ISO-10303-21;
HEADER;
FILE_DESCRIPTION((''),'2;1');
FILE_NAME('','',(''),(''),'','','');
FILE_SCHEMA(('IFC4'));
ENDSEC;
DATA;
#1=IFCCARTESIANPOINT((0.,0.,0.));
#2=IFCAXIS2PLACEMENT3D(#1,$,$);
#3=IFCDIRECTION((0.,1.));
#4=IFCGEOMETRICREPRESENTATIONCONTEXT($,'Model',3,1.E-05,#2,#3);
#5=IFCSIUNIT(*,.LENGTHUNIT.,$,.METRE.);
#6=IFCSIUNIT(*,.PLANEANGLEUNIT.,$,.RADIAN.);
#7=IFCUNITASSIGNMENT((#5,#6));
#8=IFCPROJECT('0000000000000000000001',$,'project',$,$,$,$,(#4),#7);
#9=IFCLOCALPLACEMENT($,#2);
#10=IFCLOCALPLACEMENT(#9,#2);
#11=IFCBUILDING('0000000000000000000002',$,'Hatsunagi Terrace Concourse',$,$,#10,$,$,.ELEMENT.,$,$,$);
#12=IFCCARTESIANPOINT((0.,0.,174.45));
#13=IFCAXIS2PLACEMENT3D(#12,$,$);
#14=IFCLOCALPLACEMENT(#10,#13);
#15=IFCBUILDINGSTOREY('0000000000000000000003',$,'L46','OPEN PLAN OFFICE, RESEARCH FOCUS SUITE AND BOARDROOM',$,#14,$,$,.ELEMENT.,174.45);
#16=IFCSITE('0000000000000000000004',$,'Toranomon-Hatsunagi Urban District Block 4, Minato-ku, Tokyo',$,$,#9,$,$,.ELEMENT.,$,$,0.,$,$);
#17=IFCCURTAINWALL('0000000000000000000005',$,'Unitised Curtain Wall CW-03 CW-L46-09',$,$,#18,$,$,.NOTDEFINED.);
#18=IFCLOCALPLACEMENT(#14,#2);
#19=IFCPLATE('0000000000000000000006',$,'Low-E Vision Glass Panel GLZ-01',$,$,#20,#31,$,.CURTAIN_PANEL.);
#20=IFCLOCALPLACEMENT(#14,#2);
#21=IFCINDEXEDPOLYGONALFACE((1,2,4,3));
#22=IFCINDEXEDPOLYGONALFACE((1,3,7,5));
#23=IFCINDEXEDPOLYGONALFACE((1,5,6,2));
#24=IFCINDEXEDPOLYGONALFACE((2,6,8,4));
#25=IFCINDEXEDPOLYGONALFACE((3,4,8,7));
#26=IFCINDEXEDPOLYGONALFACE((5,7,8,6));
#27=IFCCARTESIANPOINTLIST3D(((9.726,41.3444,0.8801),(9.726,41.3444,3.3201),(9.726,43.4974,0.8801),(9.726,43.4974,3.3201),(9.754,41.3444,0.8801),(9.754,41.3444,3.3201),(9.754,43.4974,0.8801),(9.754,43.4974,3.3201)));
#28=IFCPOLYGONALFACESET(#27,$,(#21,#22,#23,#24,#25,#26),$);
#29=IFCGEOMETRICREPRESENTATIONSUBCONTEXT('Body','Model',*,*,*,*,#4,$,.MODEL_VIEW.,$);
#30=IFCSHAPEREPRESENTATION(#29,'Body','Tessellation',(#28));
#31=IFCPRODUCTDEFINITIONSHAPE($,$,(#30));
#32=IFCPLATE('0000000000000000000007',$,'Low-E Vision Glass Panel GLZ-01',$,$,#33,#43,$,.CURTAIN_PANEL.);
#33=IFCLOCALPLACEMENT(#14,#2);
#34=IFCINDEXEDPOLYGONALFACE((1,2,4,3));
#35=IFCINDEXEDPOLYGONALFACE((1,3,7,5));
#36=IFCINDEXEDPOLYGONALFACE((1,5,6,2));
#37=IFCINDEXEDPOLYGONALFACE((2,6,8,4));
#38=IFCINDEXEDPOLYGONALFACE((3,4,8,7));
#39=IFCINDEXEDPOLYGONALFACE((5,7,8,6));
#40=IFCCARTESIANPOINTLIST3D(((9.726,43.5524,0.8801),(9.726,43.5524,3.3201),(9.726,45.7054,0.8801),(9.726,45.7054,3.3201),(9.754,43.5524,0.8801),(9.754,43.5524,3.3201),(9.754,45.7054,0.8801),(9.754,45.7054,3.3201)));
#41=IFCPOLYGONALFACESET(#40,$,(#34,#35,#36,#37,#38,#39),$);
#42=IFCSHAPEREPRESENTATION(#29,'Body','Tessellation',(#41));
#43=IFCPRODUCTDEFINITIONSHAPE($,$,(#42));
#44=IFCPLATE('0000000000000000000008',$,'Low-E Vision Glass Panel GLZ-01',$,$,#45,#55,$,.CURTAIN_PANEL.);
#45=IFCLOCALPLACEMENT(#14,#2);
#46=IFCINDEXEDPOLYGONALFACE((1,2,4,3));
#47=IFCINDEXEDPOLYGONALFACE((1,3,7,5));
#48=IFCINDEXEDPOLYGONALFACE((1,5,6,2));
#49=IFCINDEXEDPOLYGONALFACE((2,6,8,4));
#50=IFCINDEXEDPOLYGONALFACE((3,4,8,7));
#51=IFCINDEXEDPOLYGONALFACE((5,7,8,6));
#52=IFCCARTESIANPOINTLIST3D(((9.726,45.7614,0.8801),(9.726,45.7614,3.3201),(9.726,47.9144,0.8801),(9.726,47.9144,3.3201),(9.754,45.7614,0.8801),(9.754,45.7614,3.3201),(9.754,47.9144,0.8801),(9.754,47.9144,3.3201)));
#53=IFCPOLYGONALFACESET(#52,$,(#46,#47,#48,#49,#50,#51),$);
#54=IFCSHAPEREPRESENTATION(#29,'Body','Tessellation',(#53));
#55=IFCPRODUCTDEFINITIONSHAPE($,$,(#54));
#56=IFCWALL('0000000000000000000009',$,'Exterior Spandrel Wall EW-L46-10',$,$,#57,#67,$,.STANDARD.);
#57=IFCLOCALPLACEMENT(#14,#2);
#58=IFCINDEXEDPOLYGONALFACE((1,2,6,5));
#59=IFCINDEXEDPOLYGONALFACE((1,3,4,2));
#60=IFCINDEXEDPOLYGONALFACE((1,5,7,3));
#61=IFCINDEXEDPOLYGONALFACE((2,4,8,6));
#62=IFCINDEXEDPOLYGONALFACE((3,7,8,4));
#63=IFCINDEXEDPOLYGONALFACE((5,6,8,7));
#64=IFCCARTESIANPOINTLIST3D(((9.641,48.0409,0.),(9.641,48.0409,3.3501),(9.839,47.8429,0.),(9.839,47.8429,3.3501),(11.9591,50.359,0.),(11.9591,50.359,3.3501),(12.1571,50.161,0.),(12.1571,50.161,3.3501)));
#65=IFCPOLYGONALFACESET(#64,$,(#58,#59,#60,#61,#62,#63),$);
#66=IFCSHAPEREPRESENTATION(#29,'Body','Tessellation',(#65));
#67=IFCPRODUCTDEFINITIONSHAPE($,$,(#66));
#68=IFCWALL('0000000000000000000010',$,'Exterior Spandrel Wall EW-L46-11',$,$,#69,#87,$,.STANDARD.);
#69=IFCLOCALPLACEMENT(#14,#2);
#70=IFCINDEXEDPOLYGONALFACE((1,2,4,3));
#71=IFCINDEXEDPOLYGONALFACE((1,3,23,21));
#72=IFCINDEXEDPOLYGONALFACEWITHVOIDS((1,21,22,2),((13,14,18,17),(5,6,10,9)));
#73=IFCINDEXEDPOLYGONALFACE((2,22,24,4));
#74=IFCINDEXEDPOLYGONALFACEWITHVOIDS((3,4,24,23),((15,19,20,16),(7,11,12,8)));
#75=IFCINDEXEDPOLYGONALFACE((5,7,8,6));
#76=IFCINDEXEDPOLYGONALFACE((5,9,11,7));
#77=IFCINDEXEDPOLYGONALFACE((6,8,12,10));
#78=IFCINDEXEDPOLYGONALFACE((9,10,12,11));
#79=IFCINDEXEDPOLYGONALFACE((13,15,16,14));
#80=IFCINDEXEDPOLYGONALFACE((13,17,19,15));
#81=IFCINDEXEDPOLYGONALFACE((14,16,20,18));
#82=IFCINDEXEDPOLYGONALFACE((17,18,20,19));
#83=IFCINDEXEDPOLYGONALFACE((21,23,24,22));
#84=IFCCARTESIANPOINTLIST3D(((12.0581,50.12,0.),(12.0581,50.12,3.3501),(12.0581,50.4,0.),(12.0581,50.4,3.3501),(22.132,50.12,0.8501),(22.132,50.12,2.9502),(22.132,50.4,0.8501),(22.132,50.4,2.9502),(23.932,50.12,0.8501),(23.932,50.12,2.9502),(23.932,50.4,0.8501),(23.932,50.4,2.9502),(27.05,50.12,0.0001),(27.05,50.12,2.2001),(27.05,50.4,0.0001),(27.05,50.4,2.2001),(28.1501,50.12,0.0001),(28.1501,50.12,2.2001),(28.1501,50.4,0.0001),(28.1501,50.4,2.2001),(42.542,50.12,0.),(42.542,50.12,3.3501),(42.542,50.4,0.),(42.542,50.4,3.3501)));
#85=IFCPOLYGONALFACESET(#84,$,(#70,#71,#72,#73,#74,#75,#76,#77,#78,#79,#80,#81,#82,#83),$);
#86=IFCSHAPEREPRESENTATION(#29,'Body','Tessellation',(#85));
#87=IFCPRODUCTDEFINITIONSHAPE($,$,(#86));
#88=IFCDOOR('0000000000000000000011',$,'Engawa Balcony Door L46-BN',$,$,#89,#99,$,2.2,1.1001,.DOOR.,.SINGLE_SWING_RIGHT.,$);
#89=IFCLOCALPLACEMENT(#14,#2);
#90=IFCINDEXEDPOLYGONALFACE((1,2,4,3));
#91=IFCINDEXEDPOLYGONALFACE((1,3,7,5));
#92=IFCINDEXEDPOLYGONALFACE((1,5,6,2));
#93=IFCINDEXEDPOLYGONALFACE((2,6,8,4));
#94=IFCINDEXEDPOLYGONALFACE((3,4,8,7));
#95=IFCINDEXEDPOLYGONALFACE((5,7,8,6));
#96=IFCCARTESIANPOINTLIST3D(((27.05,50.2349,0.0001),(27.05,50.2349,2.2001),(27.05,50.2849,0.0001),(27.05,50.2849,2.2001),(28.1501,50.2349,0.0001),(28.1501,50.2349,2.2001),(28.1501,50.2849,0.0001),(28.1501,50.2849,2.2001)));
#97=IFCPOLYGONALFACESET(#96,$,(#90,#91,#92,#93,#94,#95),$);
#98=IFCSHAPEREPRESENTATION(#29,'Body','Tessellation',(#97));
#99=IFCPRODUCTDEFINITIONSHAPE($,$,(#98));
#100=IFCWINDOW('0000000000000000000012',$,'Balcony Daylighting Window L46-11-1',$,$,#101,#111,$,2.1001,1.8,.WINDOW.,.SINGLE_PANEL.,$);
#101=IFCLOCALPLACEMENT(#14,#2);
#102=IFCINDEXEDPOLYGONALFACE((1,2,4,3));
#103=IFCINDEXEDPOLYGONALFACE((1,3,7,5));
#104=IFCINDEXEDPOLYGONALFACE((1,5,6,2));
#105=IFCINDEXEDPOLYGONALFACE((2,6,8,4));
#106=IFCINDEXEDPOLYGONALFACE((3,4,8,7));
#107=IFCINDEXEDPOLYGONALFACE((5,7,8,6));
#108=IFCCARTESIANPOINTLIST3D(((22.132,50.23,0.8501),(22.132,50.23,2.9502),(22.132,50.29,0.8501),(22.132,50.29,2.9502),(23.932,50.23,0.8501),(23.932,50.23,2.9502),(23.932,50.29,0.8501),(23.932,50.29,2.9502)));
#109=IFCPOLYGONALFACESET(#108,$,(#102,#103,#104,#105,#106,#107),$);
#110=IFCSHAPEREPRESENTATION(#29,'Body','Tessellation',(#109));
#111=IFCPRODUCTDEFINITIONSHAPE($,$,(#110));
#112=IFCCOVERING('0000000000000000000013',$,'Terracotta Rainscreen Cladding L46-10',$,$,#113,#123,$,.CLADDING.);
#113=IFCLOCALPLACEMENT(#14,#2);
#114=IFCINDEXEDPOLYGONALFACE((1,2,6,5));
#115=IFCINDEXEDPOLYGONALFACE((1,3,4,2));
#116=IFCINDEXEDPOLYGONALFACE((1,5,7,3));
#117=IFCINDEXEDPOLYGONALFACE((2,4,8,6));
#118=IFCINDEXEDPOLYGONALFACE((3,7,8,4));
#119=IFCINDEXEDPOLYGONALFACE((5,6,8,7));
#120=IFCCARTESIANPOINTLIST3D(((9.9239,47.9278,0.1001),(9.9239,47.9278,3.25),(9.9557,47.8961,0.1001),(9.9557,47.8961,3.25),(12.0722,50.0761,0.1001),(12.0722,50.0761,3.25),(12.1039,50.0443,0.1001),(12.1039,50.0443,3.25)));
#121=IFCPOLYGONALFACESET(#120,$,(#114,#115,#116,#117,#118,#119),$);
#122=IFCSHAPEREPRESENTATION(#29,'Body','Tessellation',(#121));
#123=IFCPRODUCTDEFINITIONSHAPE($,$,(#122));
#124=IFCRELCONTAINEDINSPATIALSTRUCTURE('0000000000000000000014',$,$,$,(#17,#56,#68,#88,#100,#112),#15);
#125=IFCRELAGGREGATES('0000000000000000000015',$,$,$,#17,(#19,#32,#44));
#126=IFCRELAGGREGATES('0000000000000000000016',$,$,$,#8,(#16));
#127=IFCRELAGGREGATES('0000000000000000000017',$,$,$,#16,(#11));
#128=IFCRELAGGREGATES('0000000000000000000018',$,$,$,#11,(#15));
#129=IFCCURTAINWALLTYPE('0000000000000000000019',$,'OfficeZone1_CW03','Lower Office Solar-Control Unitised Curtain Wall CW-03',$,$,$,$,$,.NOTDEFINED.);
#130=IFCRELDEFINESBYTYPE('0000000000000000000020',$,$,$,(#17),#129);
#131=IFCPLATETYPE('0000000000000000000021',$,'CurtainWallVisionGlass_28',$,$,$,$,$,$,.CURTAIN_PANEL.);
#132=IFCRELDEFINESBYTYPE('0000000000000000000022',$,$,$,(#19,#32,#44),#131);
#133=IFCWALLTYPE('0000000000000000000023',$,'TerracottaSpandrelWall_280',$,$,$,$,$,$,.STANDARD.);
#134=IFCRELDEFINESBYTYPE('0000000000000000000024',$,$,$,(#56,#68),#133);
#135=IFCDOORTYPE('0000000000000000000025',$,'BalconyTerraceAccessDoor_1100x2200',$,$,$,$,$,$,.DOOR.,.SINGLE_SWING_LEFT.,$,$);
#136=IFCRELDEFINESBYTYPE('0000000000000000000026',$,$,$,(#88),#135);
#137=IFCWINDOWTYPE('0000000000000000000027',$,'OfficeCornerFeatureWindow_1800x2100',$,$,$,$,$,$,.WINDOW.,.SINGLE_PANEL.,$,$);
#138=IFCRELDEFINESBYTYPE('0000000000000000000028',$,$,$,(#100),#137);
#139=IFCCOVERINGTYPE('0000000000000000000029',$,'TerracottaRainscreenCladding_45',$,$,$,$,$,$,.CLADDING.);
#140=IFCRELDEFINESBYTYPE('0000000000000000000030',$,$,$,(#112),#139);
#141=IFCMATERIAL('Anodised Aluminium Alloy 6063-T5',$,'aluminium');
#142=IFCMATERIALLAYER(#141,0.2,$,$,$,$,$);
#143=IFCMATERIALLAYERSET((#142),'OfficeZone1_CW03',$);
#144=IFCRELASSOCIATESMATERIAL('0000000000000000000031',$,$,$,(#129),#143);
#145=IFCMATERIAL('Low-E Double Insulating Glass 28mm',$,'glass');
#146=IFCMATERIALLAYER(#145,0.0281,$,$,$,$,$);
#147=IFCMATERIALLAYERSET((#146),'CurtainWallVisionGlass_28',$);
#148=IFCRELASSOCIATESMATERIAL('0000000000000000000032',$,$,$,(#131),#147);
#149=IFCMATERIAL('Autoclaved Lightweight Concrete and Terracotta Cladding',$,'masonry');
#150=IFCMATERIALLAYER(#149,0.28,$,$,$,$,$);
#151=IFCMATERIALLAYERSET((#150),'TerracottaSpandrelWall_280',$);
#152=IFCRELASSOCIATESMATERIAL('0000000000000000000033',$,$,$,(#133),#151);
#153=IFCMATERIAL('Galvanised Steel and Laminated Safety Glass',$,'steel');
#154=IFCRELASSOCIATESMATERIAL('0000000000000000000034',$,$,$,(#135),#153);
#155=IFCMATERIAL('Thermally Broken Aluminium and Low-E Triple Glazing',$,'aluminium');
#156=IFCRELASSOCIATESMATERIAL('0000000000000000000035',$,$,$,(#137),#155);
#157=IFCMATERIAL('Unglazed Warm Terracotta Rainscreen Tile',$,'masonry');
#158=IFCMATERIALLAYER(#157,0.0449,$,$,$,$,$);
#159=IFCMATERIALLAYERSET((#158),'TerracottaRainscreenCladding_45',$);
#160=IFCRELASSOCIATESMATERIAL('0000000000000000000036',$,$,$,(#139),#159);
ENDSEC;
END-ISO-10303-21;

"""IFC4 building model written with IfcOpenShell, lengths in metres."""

from ifc_helpers import new_model, si_unit, direction, frame, frame_2d, origin, origin_2d, place, context, subcontext, project, spatial, rectangle, extrude, material, layer, layer_set, type_object, element, fill, aggregate, save


model = new_model("IFC4")

# Units and contexts
model_context = context("Model", 3, precision=1e-05, world=origin(), true_north=direction((0.0, 1.0)))
body_context = subcontext(model_context, "Body", "Model", "MODEL_VIEW")
ifc_project = project(units=[si_unit("LENGTHUNIT", "METRE"), si_unit("PLANEANGLEUNIT", "RADIAN")], contexts=[model_context])

# Site, building, storey
site_placement = place(None, origin())
site = spatial("IfcSite", under=ifc_project, at=site_placement, Name="Toranomon-Hatsunagi Urban District Block 4, Minato-ku, Tokyo", CompositionType="ELEMENT", RefElevation=0.0)
building_placement = place(site_placement, origin())
building = spatial("IfcBuilding", under=site, at=building_placement, Name="Hatsunagi Terrace Concourse", CompositionType="ELEMENT")
storey_placement = place(building_placement, frame((0.0, 0.0, 174.45)))
storey = spatial("IfcBuildingStorey", under=building, at=storey_placement, Name="L46", Description="OPEN PLAN OFFICE, RESEARCH FOCUS SUITE AND BOARDROOM", CompositionType="ELEMENT", Elevation=174.45)

# Curtain wall
ifc_material_1 = material(Name="Anodised Aluminium Alloy 6063-T5", Category="aluminium")
ifc_layer_1 = layer(ifc_material_1, 0.2)
ifc_layer_set_1 = layer_set([ifc_layer_1], Name="OfficeZone1_CW03")
curtain_wall_type = type_object("IfcCurtainWallType", Name="OfficeZone1_CW03", Description="Lower Office Solar-Control Unitised Curtain Wall CW-03", PredefinedType="NOTDEFINED", material=ifc_layer_set_1)
curtain_wall_placement = place(storey_placement, origin())
curtain_wall = element("IfcCurtainWall", 1, at=curtain_wall_placement, inside=storey, type_object=curtain_wall_type, Name="Unitised Curtain Wall CW-03 CW-L46-09", PredefinedType="NOTDEFINED")

# Plates
ifc_material_2 = material(Name="Low-E Double Insulating Glass 28mm", Category="glass")
ifc_layer_2 = layer(ifc_material_2, 0.0281)
ifc_layer_set_2 = layer_set([ifc_layer_2], Name="CurtainWallVisionGlass_28")
plate_type_1 = type_object("IfcPlateType", Name="CurtainWallVisionGlass_28", PredefinedType="CURTAIN_PANEL", material=ifc_layer_set_2)
plate_1_placement = place(storey_placement, frame((9.74, 42.4209, 0.8801), z_axis=(0.0, 0.0, 1.0), x_axis=(0.0, 1.0, 0.0)))
plate_1 = element("IfcPlate", 2, at=plate_1_placement, type_object=plate_type_1, Name="Low-E Vision Glass Panel GLZ-01", PredefinedType="CURTAIN_PANEL", context=body_context, shape_type="SweptSolid", body=[
    extrude(rectangle(XDim=2.1531, YDim=0.0281, at=origin_2d()), origin(), (0.0, 0.0, 1.0), 2.4399),
])
plate_2_placement = place(storey_placement, frame((9.74, 44.6289, 0.8801), z_axis=(0.0, 0.0, 1.0), x_axis=(0.0, 1.0, 0.0)))
plate_2 = element("IfcPlate", 3, at=plate_2_placement, type_object=plate_type_1, Name="Low-E Vision Glass Panel GLZ-01", PredefinedType="CURTAIN_PANEL", context=body_context, shape_type="SweptSolid", body=[
    extrude(rectangle(XDim=2.1531, YDim=0.0281, at=origin_2d()), origin(), (0.0, 0.0, 1.0), 2.4399),
])
plate_3_placement = place(storey_placement, frame((9.74, 46.8379, 0.8801), z_axis=(0.0, 0.0, 1.0), x_axis=(0.0, 1.0, 0.0)))
plate_3 = element("IfcPlate", 4, at=plate_3_placement, type_object=plate_type_1, Name="Low-E Vision Glass Panel GLZ-01", PredefinedType="CURTAIN_PANEL", context=body_context, shape_type="SweptSolid", body=[
    extrude(rectangle(XDim=2.1531, YDim=0.0281, at=origin_2d()), origin(), (0.0, 0.0, 1.0), 2.4399),
])
aggregate(curtain_wall, [plate_1, plate_2, plate_3])

# Wall
ifc_material_3 = material(Name="Autoclaved Lightweight Concrete and Terracotta Cladding", Category="masonry")
ifc_layer_3 = layer(ifc_material_3, 0.28)
ifc_layer_set_3 = layer_set([ifc_layer_3], Name="TerracottaSpandrelWall_280")
wall_type = type_object("IfcWallType", Name="TerracottaSpandrelWall_280", PredefinedType="STANDARD", material=ifc_layer_set_3)
wall_1_placement = place(storey_placement, frame((9.74, 47.9419, 0.0), z_axis=(0.0, 0.0, 1.0), x_axis=(0.707107, 0.707107, 0.0)))
element("IfcWall", 5, at=wall_1_placement, inside=storey, type_object=wall_type, Name="Exterior Spandrel Wall EW-L46-10", PredefinedType="STANDARD", context=body_context, shape_type="SweptSolid", body=[
    extrude(rectangle(XDim=3.2783, YDim=0.28, at=frame_2d((1.6392, 0.0))), origin(), (0.0, 0.0, 1.0), 3.3501),
])

# Wall, openings, door, window
wall_2_placement = place(storey_placement, frame((12.0581, 50.26, 0.0), z_axis=(0.0, 0.0, 1.0), x_axis=(1.0, 0.0, 0.0)))
wall_2 = element("IfcWall", 6, at=wall_2_placement, inside=storey, type_object=wall_type, Name="Exterior Spandrel Wall EW-L46-11", PredefinedType="STANDARD", context=body_context, shape_type="SweptSolid", body=[
    extrude(rectangle(XDim=30.4839, YDim=0.28, at=frame_2d((15.2419, 0.0))), origin(), (0.0, 0.0, 1.0), 3.3501),
])
opening_1_placement = place(wall_2_placement, frame((14.9919, 0.0, 0.0)))
opening_1 = element("IfcOpeningElement", 7, at=opening_1_placement, cuts=wall_2, PredefinedType="OPENING", context=body_context, shape_type="SweptSolid", body=[
    extrude(rectangle(XDim=1.1001, YDim=2.2, at=frame_2d((0.55, 1.1001))), frame((0.0, 0.1499, 0.0), z_axis=(0.0, -1.0, 0.0), x_axis=(1.0, 0.0, 0.0)), (0.0, 0.0, 1.0), 0.3),
])
opening_2_placement = place(wall_2_placement, frame((10.074, 0.0, 0.8501)))
opening_2 = element("IfcOpeningElement", 8, at=opening_2_placement, cuts=wall_2, PredefinedType="OPENING", context=body_context, shape_type="SweptSolid", body=[
    extrude(rectangle(XDim=1.8, YDim=2.1001, at=frame_2d((0.8999, 1.05))), frame((0.0, 0.1499, 0.0), z_axis=(0.0, -1.0, 0.0), x_axis=(1.0, 0.0, 0.0)), (0.0, 0.0, 1.0), 0.3),
])
ifc_material_4 = material(Name="Galvanised Steel and Laminated Safety Glass", Category="steel")
door_type = type_object("IfcDoorType", Name="BalconyTerraceAccessDoor_1100x2200", OperationType="SINGLE_SWING_LEFT", PredefinedType="DOOR", material=ifc_material_4)
door_placement = place(opening_1_placement, origin())
door = element("IfcDoor", 9, at=door_placement, inside=storey, type_object=door_type, Name="Engawa Balcony Door L46-BN", OperationType="SINGLE_SWING_RIGHT", OverallHeight=2.2, OverallWidth=1.1001, PredefinedType="DOOR", context=body_context, shape_type="SweptSolid", body=[
    extrude(rectangle(XDim=1.1001, YDim=2.2, at=frame_2d((0.55, 1.1001))), frame((0.0, 0.0249, 0.0), z_axis=(0.0, -1.0, 0.0), x_axis=(1.0, 0.0, 0.0)), (0.0, 0.0, 1.0), 0.05),
])
fill(opening_1, door)
ifc_material_5 = material(Name="Thermally Broken Aluminium and Low-E Triple Glazing", Category="aluminium")
window_type = type_object("IfcWindowType", Name="OfficeCornerFeatureWindow_1800x2100", PartitioningType="SINGLE_PANEL", PredefinedType="WINDOW", material=ifc_material_5)
window_placement = place(opening_2_placement, origin())
window = element("IfcWindow", 10, at=window_placement, inside=storey, type_object=window_type, Name="Balcony Daylighting Window L46-11-1", OverallHeight=2.1001, OverallWidth=1.8, PartitioningType="SINGLE_PANEL", PredefinedType="WINDOW", context=body_context, shape_type="SweptSolid", body=[
    extrude(rectangle(XDim=1.8, YDim=2.1001, at=frame_2d((0.8999, 1.05))), frame((0.0, 0.03, 0.0), z_axis=(0.0, -1.0, 0.0), x_axis=(1.0, 0.0, 0.0)), (0.0, 0.0, 1.0), 0.0601),
])
fill(opening_2, window)

# Covering
ifc_material_6 = material(Name="Unglazed Warm Terracotta Rainscreen Tile", Category="masonry")
ifc_layer_4 = layer(ifc_material_6, 0.0449)
ifc_layer_set_4 = layer_set([ifc_layer_4], Name="TerracottaRainscreenCladding_45")
covering_type = type_object("IfcCoveringType", Name="TerracottaRainscreenCladding_45", PredefinedType="CLADDING", material=ifc_layer_set_4)
covering_placement = place(storey_placement, frame((11.0139, 48.9861, 0.1001), z_axis=(0.0, 0.0, 1.0), x_axis=(0.707107, 0.707107, 0.0)))
element("IfcCovering", 11, at=covering_placement, inside=storey, type_object=covering_type, Name="Terracotta Rainscreen Cladding L46-10", PredefinedType="CLADDING", context=body_context, shape_type="SweptSolid", body=[
    extrude(rectangle(XDim=3.0381, YDim=0.0449, at=origin_2d()), origin(), (0.0, 0.0, 1.0), 3.1499),
])

save(model, "model.ifc")
